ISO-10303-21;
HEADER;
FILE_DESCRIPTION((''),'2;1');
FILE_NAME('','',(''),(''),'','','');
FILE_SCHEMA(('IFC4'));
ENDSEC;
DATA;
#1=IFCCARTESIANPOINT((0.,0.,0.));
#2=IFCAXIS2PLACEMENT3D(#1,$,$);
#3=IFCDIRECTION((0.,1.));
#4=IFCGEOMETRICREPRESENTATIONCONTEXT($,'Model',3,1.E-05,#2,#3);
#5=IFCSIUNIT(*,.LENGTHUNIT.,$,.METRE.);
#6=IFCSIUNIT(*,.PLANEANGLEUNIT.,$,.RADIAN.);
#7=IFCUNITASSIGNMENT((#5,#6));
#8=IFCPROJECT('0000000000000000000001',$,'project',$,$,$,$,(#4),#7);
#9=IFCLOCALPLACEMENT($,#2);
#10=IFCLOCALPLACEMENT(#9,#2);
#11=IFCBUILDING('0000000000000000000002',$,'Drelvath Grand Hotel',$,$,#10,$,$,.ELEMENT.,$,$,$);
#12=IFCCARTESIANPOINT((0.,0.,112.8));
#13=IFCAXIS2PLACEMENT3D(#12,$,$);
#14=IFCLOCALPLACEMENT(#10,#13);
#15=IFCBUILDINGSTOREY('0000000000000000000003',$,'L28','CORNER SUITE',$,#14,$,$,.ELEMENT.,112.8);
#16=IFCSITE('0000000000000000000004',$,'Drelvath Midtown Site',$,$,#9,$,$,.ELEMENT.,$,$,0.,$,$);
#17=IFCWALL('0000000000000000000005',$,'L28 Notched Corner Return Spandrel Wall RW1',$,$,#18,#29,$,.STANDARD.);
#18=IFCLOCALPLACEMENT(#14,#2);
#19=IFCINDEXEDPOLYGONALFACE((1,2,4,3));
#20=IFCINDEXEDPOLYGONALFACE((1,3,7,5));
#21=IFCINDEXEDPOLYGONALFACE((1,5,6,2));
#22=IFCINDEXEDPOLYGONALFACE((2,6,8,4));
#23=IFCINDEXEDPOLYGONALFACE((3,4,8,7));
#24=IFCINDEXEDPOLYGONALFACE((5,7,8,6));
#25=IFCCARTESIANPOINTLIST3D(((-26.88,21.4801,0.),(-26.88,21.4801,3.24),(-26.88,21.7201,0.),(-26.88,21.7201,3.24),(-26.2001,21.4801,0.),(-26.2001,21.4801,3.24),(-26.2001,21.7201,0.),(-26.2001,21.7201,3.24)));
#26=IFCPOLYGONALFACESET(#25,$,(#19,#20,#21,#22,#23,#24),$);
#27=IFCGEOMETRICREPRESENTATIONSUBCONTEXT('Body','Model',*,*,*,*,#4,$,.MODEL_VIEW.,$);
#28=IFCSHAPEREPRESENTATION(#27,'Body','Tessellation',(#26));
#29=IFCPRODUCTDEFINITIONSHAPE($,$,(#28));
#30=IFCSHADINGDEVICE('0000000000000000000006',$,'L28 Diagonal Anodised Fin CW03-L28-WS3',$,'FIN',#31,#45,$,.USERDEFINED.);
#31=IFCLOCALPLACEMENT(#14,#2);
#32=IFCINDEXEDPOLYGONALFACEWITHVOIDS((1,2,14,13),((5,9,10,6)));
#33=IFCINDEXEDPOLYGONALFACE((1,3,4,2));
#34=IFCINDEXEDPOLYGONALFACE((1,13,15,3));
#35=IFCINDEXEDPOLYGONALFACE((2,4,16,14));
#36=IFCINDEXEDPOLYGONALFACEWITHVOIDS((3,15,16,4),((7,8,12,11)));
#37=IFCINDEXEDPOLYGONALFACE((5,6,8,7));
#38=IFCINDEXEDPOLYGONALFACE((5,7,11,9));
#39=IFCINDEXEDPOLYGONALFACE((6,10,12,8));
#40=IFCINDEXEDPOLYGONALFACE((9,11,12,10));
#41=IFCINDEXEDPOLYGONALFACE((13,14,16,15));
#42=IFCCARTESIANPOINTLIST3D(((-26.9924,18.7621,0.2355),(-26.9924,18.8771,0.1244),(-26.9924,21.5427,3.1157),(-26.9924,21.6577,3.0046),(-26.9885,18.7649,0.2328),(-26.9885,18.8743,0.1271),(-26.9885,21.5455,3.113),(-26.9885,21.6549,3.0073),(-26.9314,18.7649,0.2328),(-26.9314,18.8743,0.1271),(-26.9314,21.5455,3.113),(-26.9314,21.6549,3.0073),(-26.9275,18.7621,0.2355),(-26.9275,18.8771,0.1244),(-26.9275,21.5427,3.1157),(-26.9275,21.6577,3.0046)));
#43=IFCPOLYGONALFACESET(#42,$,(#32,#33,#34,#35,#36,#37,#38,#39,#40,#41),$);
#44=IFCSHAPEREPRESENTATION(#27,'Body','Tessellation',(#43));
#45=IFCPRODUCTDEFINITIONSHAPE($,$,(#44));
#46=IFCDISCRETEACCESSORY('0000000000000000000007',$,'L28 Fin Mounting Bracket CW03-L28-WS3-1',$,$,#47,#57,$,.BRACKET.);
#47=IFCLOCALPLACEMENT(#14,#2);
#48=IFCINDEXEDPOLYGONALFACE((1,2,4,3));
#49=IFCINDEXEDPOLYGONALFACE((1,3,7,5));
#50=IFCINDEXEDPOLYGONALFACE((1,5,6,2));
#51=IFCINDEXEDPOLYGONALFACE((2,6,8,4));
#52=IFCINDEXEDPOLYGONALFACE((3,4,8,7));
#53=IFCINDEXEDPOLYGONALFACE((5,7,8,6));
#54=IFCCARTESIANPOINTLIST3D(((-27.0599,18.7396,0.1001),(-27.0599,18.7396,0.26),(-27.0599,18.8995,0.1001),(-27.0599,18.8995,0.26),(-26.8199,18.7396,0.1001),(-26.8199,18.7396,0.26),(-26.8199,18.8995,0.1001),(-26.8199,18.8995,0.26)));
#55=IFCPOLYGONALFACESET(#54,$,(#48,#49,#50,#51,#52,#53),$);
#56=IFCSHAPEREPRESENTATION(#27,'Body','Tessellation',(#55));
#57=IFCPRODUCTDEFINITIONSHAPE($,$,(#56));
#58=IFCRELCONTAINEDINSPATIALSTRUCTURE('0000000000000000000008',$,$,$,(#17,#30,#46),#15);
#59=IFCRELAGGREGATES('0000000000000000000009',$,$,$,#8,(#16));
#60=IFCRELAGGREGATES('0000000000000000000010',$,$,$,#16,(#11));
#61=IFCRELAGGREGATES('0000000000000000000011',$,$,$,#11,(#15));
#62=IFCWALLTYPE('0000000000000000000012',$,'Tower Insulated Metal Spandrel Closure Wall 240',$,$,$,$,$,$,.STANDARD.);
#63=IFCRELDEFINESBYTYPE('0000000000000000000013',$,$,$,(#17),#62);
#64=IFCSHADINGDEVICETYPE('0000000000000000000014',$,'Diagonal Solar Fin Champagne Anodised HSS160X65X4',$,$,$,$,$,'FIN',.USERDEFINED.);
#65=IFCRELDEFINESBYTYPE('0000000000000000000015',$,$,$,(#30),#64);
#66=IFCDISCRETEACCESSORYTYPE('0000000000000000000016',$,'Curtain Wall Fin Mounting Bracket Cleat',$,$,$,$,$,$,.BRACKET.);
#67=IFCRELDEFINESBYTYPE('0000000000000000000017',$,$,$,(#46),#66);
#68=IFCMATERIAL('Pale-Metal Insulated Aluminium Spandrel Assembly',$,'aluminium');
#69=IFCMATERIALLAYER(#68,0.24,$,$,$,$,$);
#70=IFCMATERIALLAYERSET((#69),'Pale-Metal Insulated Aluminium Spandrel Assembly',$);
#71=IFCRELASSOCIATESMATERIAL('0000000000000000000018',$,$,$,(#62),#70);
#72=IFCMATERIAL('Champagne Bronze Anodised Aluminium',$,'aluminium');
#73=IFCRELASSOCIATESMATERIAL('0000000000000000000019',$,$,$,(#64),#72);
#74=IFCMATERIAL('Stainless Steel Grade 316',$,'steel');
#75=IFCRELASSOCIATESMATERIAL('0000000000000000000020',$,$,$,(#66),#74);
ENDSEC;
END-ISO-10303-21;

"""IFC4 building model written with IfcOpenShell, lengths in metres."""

from ifc_helpers import new_model, si_unit, direction, frame, frame_2d, origin, origin_2d, place, context, subcontext, project, spatial, rectangle, hollow_rectangle, extrude, material, layer, layer_set, material_profile, profile_set, type_object, element, save


model = new_model("IFC4")

# Units and contexts
model_context = context("Model", 3, precision=1e-05, world=origin(), true_north=direction((0.0, 1.0)))
body_context = subcontext(model_context, "Body", "Model", "MODEL_VIEW")
ifc_project = project(units=[si_unit("LENGTHUNIT", "METRE"), si_unit("PLANEANGLEUNIT", "RADIAN")], contexts=[model_context])

# Site, building, storey
site_placement = place(None, origin())
site = spatial("IfcSite", under=ifc_project, at=site_placement, Name="Drelvath Midtown Site", CompositionType="ELEMENT", RefElevation=0.0)
building_placement = place(site_placement, origin())
building = spatial("IfcBuilding", under=site, at=building_placement, Name="Drelvath Grand Hotel", CompositionType="ELEMENT")
storey_placement = place(building_placement, frame((0.0, 0.0, 112.8)))
storey = spatial("IfcBuildingStorey", under=building, at=storey_placement, Name="L28", Description="CORNER SUITE", CompositionType="ELEMENT", Elevation=112.8)

# Wall
ifc_material_1 = material(Name="Pale-Metal Insulated Aluminium Spandrel Assembly", Category="aluminium")
ifc_layer_1 = layer(ifc_material_1, 0.24)
ifc_layer_set_1 = layer_set([ifc_layer_1], Name="Pale-Metal Insulated Aluminium Spandrel Assembly")
wall_type_1 = type_object("IfcWallType", Name="Tower Insulated Metal Spandrel Closure Wall 240", PredefinedType="STANDARD", material=ifc_layer_set_1)
wall_1_placement = place(storey_placement, frame((-26.8799, 21.6001, 0.0), z_axis=(0.0, 0.0, 1.0), x_axis=(1.0, 0.0, 0.0)))
element("IfcWall", 1, at=wall_1_placement, inside=storey, type_object=wall_type_1, Name="L28 Notched Corner Return Spandrel Wall RW1", PredefinedType="STANDARD", context=body_context, shape_type="SweptSolid", body=[
    extrude(rectangle(XDim=0.6799, YDim=0.24, at=frame_2d((0.3398, 0.0))), origin(), (0.0, 0.0, 1.0), 3.24),
])

# Shading device
ifc_material_2 = material(Name="Champagne Bronze Anodised Aluminium", Category="aluminium")
ifc_material_profile_1 = material_profile(ifc_material_2, hollow_rectangle(XDim=0.0649, YDim=0.1599, WallThickness=0.0039, at=origin_2d()), Name="HSS160X65X4")
ifc_profile_set_1 = profile_set([ifc_material_profile_1], Name="Champagne Bronze Anodised Aluminium")
shading_device_type = type_object("IfcShadingDeviceType", Name="Diagonal Solar Fin Champagne Anodised HSS160X65X4", ElementType="FIN", PredefinedType="USERDEFINED", material=ifc_profile_set_1)
shading_device_placement = place(storey_placement, frame((-26.96, 18.8196, 0.1799), z_axis=(0.0, 0.694556, 0.719438), x_axis=(-1.0, 0.0, 0.0)))
element("IfcShadingDevice", 2, at=shading_device_placement, inside=storey, type_object=shading_device_type, Name="L28 Diagonal Anodised Fin CW03-L28-WS3", ObjectType="FIN", PredefinedType="USERDEFINED", context=body_context, shape_type="SweptSolid", body=[
    extrude(hollow_rectangle(XDim=0.0649, YDim=0.1599, WallThickness=0.0039, at=origin_2d()), origin(), (0.0, 0.0, 1.0), 4.0034),
])

# Discrete accessory
ifc_material_3 = material(Name="Stainless Steel Grade 316", Category="steel")
discrete_accessory_type = type_object("IfcDiscreteAccessoryType", Name="Curtain Wall Fin Mounting Bracket Cleat", PredefinedType="BRACKET", material=ifc_material_3)
discrete_accessory_placement = place(storey_placement, frame((-26.9399, 18.8196, 0.1001), z_axis=(0.0, 0.0, 1.0), x_axis=(0.0, 1.0, 0.0)))
element("IfcDiscreteAccessory", 3, at=discrete_accessory_placement, inside=storey, type_object=discrete_accessory_type, Name="L28 Fin Mounting Bracket CW03-L28-WS3-1", PredefinedType="BRACKET", context=body_context, shape_type="SweptSolid", body=[
    extrude(rectangle(XDim=0.1599, YDim=0.24, at=origin_2d()), origin(), (0.0, 0.0, 1.0), 0.1599),
])

save(model, "model.ifc")
